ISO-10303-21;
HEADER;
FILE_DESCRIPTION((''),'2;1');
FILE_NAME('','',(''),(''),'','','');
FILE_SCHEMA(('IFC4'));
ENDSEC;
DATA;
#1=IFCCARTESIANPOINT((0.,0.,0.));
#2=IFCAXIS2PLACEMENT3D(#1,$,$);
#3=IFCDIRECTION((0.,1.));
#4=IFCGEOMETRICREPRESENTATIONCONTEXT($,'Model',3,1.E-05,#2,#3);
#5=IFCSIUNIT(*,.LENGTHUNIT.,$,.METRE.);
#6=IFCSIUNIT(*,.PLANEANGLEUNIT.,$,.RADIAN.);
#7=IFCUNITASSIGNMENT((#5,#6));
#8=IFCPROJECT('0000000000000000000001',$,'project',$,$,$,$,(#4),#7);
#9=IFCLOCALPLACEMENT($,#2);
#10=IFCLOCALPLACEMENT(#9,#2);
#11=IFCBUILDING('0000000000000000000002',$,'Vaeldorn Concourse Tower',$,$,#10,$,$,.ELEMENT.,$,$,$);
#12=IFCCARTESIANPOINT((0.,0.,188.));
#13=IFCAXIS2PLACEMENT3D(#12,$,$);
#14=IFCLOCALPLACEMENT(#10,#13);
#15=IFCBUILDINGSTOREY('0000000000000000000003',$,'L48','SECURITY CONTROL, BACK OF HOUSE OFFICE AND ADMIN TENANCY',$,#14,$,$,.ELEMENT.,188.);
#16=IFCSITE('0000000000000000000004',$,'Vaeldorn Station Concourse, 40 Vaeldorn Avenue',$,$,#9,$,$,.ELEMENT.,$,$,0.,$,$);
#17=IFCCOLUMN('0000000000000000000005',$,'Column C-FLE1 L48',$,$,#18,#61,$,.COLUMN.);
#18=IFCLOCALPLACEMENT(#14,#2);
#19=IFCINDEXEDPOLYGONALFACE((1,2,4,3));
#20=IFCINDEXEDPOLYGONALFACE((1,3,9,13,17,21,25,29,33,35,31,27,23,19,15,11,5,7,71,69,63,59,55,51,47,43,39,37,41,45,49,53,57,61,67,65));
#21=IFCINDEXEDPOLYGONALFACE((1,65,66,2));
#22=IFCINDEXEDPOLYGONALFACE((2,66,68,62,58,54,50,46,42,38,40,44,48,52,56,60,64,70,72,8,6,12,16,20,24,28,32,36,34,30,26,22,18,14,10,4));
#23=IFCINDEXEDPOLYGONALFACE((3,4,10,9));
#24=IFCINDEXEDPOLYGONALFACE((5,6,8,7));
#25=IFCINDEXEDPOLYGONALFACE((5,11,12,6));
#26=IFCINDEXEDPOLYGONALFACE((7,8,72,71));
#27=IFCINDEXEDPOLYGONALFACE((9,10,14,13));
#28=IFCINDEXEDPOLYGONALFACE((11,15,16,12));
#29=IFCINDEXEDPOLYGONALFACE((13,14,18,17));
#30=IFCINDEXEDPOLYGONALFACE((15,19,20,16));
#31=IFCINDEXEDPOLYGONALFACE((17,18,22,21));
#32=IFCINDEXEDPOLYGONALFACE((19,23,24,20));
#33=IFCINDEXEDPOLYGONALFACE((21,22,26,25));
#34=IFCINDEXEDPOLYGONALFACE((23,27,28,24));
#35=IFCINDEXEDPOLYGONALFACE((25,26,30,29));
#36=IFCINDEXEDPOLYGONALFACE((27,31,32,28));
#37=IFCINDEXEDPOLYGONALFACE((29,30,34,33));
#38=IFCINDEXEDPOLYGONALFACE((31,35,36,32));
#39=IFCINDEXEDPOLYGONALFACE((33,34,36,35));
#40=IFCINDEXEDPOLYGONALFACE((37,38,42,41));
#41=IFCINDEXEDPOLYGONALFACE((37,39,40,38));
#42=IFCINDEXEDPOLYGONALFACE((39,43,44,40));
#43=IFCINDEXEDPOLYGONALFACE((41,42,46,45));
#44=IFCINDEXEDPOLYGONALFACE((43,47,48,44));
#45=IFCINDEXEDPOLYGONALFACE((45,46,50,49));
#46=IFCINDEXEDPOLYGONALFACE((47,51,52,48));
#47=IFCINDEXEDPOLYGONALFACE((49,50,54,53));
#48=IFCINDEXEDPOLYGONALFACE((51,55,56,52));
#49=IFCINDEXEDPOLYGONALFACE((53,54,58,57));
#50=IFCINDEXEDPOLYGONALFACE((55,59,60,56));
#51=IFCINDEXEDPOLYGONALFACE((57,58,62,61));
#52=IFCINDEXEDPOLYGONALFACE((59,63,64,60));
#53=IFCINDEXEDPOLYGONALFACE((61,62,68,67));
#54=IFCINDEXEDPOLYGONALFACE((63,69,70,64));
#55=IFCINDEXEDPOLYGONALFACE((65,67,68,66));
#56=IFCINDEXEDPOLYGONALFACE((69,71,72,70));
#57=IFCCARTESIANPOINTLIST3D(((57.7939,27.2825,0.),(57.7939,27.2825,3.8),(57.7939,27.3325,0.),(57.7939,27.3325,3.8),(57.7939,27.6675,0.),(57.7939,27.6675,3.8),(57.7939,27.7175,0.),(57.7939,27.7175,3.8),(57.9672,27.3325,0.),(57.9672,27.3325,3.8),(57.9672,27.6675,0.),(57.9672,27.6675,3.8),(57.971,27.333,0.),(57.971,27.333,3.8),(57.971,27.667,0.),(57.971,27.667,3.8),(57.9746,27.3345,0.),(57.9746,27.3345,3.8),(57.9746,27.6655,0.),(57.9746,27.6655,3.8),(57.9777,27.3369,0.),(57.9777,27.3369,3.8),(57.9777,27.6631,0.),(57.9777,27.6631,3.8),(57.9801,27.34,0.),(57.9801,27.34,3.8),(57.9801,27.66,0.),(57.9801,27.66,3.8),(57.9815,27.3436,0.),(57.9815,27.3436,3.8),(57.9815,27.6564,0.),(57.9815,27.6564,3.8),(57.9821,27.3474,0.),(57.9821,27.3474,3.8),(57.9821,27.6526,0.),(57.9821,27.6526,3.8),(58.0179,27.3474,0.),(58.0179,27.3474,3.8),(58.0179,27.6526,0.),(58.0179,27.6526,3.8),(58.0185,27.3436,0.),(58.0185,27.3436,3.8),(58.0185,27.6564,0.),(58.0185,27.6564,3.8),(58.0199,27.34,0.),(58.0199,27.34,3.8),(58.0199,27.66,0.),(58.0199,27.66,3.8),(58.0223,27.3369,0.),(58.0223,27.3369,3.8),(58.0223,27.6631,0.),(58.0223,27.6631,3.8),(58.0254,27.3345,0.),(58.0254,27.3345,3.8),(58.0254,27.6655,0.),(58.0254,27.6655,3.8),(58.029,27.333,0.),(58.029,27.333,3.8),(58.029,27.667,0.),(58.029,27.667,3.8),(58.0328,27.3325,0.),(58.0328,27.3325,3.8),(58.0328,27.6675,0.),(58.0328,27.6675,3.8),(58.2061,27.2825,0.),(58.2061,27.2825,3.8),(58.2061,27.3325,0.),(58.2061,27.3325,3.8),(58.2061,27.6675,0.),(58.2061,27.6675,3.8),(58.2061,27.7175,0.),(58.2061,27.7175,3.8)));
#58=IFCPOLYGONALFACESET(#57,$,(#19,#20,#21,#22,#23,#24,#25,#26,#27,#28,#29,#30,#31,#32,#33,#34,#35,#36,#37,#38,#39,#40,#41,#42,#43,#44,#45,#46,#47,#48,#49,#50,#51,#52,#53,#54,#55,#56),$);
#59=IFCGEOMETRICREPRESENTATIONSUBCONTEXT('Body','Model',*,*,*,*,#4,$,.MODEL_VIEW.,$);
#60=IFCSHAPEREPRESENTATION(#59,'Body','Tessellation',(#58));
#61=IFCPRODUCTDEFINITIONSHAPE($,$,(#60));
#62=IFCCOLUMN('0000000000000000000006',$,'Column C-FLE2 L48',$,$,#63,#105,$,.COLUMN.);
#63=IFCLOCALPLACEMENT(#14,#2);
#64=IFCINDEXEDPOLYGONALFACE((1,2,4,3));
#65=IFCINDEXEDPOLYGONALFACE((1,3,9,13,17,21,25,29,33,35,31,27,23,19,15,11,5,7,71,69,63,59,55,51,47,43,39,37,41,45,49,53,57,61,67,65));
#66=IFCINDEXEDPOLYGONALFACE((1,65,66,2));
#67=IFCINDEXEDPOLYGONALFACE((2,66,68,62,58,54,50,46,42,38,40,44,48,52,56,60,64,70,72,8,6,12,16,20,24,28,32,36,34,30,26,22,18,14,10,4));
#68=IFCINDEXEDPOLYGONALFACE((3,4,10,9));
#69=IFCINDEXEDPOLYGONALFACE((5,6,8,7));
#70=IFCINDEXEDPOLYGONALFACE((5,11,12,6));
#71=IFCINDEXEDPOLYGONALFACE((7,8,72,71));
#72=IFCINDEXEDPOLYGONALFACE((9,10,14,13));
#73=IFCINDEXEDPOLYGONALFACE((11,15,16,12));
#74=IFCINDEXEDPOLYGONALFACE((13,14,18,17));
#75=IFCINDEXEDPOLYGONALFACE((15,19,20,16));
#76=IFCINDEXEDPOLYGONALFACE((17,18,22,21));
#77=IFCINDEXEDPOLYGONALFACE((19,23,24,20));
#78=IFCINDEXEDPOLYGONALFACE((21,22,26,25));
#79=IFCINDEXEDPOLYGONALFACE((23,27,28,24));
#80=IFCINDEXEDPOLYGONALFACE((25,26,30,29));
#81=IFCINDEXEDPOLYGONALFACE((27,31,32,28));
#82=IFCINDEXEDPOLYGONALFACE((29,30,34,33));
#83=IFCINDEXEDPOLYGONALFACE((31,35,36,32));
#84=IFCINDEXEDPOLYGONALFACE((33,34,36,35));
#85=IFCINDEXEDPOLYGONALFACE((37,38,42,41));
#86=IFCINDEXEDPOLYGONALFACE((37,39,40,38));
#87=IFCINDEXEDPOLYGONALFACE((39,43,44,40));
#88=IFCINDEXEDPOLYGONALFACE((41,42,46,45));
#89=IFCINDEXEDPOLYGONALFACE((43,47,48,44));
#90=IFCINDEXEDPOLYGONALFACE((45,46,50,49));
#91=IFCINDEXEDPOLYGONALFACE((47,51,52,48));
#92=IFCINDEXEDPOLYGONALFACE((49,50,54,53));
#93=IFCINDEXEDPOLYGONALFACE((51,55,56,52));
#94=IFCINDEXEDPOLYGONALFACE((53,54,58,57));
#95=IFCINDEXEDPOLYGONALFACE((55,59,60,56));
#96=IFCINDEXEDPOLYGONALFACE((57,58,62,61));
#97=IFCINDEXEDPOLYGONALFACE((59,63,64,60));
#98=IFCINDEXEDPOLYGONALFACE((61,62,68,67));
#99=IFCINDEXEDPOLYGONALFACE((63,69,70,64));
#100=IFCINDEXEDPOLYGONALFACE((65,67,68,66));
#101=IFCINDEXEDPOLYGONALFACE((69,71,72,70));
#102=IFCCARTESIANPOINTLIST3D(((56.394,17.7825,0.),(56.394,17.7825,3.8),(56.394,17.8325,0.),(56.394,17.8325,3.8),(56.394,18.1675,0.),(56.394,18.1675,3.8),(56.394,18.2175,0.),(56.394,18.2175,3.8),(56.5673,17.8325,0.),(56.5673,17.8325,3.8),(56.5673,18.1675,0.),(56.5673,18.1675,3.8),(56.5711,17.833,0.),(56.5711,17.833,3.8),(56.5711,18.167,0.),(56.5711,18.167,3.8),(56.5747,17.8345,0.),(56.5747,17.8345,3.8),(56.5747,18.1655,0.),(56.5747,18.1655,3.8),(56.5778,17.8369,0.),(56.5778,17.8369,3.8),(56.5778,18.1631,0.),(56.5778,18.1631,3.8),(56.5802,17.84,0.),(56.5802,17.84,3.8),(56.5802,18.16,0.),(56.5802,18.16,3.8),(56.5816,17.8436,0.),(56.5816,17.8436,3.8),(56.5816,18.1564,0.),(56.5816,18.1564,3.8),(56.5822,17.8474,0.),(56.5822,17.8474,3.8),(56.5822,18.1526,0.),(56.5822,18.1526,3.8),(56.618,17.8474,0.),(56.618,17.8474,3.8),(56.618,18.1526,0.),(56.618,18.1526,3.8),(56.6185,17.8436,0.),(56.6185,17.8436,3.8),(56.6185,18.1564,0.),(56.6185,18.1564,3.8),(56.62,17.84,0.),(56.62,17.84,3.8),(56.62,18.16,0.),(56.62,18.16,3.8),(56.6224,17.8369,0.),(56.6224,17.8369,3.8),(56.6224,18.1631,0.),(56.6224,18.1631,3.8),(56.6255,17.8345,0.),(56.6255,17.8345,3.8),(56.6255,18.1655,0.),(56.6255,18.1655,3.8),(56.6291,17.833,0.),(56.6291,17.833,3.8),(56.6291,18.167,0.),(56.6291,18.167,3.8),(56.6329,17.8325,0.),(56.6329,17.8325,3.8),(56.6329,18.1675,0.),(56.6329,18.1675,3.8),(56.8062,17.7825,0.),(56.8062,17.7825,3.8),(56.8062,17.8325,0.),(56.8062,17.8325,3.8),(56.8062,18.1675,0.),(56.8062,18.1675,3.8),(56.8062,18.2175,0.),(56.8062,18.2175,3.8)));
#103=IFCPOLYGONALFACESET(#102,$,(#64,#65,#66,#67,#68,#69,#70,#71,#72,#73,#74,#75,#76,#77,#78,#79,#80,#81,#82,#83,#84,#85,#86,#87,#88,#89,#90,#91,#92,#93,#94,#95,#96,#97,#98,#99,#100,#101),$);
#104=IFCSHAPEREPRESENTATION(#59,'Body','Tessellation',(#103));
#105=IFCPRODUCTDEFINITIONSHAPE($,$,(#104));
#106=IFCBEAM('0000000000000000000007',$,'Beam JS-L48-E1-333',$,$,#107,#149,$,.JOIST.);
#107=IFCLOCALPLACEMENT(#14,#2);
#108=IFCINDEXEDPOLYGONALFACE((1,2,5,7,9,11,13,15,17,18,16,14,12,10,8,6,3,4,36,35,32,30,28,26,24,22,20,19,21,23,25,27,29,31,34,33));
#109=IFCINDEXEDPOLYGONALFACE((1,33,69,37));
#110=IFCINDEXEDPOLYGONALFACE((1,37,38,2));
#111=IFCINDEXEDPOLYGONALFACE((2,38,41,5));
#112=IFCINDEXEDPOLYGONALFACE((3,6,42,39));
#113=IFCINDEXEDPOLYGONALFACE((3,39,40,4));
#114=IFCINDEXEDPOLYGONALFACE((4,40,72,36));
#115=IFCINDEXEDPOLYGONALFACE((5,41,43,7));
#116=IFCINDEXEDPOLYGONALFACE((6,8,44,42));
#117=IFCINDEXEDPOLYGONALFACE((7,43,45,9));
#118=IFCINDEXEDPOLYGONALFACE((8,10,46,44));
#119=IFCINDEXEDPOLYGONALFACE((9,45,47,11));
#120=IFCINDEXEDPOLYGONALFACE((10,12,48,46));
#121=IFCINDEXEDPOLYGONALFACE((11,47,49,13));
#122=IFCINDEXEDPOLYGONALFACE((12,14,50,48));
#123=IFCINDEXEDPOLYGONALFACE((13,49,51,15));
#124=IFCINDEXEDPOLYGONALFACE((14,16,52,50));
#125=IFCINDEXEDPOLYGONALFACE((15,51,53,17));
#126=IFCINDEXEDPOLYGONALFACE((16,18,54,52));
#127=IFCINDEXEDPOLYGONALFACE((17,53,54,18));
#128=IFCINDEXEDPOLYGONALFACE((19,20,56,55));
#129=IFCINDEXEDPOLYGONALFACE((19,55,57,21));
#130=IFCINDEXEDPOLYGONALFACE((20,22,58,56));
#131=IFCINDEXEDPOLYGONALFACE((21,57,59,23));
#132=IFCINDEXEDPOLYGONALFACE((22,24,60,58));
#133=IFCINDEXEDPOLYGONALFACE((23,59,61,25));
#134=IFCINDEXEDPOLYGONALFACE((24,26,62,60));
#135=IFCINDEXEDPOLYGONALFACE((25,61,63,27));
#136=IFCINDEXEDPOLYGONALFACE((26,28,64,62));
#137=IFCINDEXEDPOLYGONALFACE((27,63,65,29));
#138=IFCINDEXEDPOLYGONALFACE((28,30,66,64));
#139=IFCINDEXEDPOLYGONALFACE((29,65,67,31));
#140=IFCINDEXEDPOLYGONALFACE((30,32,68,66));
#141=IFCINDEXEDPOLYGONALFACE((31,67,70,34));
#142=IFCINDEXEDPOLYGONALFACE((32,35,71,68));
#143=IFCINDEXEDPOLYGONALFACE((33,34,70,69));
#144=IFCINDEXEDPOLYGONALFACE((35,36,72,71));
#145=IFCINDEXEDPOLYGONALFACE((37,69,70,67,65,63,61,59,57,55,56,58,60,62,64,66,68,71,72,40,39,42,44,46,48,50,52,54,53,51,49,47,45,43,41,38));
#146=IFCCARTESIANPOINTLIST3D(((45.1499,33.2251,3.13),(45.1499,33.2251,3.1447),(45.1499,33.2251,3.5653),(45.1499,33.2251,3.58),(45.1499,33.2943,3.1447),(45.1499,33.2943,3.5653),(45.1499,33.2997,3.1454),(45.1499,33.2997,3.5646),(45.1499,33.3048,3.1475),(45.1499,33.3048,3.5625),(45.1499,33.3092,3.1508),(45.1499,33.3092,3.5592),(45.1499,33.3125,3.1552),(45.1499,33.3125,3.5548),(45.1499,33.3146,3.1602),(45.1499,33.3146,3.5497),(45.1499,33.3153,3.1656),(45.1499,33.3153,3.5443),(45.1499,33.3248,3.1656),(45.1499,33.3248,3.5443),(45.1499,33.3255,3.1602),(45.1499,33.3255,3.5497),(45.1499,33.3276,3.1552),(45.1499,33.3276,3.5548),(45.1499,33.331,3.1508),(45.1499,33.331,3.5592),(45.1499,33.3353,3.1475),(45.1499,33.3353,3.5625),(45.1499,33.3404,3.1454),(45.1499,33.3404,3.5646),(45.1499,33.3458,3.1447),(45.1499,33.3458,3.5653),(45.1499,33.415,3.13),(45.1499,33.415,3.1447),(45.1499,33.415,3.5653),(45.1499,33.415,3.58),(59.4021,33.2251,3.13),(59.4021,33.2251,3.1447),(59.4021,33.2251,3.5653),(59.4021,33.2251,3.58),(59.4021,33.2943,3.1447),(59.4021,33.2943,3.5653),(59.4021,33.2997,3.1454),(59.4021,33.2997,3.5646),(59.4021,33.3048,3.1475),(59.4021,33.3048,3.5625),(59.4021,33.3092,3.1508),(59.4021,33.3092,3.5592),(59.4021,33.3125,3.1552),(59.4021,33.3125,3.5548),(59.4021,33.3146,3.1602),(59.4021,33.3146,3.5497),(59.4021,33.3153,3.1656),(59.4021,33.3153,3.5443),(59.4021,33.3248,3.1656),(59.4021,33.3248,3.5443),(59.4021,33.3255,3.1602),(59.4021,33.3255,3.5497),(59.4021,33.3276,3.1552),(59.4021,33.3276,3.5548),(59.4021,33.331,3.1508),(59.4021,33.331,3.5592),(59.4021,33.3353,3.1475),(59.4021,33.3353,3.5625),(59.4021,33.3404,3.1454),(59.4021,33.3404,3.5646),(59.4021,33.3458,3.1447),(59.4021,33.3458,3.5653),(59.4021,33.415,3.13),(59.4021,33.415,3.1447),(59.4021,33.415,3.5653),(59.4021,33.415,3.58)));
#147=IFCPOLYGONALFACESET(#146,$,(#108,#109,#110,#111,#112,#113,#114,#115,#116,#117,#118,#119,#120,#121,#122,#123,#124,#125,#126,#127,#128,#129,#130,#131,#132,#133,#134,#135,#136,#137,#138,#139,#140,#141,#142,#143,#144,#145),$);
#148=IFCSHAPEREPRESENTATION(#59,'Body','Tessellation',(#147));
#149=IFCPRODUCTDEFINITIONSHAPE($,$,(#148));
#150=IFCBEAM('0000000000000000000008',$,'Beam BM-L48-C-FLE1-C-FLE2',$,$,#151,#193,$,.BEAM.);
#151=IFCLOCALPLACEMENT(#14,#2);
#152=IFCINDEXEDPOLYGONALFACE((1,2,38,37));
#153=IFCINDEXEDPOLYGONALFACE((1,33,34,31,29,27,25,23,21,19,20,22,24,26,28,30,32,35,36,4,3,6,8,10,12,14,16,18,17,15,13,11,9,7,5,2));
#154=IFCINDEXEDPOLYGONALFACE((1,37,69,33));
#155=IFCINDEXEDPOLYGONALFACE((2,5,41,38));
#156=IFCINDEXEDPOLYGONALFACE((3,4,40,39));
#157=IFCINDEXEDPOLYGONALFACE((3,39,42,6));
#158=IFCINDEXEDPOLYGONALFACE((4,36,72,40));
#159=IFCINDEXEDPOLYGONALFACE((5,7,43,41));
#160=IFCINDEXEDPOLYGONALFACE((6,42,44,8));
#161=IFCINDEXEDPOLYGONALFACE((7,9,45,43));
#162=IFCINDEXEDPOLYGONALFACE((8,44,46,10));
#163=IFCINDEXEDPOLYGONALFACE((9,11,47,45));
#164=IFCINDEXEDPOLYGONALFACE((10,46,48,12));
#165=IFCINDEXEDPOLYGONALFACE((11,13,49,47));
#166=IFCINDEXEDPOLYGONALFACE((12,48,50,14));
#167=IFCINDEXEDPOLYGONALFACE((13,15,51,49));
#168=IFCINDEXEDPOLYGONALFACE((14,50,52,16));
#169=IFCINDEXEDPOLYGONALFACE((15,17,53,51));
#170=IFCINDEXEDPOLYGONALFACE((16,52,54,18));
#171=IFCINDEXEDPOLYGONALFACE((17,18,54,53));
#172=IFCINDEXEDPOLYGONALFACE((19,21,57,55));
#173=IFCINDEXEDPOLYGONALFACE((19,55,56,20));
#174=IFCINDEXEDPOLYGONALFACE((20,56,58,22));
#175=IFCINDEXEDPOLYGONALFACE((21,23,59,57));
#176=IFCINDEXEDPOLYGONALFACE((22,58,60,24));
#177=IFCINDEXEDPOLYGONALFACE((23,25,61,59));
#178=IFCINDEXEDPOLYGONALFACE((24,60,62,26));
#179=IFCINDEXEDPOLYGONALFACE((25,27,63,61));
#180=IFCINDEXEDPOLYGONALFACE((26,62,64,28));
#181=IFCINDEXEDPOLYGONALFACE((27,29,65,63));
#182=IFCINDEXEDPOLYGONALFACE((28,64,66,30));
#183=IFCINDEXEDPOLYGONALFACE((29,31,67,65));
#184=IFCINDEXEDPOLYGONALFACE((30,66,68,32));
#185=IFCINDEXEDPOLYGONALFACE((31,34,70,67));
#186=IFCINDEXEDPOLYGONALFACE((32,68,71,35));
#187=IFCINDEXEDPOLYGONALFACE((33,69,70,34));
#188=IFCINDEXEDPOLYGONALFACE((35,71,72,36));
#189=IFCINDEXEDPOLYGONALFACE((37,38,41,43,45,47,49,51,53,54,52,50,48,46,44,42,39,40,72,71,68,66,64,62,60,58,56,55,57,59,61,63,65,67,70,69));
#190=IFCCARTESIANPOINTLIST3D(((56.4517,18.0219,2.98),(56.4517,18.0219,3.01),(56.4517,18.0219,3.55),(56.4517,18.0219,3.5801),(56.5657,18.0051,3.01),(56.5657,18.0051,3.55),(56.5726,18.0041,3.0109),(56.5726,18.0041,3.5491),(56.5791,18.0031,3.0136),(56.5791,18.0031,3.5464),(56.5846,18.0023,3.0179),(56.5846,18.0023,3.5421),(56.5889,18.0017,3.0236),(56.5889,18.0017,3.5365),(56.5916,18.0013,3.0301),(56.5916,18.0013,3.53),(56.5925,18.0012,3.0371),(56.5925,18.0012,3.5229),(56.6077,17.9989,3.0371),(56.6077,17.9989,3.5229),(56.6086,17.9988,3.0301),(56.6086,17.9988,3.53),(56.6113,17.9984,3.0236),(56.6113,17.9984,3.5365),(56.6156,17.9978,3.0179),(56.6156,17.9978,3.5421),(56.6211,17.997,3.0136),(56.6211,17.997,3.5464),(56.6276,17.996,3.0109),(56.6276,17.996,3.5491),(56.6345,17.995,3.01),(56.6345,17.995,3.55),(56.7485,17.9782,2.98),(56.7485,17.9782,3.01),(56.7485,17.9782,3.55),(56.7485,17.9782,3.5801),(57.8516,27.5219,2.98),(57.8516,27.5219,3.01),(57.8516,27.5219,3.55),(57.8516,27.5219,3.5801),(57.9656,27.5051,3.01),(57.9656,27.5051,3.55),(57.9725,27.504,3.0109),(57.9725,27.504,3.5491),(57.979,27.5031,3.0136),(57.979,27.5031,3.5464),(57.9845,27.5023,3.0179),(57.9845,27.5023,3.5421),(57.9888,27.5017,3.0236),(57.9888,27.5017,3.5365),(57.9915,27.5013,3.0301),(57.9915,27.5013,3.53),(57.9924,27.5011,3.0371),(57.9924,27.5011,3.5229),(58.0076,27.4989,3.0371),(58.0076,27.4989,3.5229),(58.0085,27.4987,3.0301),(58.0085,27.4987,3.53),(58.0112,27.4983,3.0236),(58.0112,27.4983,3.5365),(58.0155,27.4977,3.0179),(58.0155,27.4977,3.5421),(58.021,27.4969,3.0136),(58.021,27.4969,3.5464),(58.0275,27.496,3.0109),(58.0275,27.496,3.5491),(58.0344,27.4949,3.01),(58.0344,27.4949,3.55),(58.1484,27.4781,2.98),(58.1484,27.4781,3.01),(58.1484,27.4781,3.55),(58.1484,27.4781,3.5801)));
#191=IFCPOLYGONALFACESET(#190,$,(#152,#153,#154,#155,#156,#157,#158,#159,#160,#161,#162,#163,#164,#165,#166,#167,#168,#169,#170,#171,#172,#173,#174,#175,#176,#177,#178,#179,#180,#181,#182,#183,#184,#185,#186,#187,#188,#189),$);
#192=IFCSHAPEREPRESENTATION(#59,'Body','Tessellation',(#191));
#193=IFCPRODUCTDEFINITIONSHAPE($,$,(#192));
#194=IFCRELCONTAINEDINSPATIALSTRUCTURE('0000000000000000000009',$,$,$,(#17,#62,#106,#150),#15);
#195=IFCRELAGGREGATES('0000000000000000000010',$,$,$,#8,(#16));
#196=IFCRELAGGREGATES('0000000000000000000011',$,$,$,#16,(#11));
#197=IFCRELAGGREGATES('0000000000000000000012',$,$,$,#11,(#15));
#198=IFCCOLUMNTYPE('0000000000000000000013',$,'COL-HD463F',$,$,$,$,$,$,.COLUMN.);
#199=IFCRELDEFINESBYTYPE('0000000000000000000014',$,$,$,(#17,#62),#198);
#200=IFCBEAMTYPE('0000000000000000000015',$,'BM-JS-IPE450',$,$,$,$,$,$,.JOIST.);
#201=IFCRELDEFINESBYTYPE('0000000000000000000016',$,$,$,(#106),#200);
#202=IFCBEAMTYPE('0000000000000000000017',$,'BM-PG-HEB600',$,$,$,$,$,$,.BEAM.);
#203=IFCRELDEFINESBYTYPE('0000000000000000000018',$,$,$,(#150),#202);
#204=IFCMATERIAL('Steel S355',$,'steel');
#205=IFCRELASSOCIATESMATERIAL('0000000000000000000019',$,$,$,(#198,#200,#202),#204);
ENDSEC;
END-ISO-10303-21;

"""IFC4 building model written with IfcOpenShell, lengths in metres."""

from ifc_helpers import new_model, si_unit, direction, frame, origin, origin_2d, place, context, subcontext, project, spatial, i_section, extrude, source, transform, mapped, material, material_profile, profile_set, type_object, element, save


model = new_model("IFC4")

# Units and contexts
model_context = context("Model", 3, precision=1e-05, world=origin(), true_north=direction((0.0, 1.0)))
body_context = subcontext(model_context, "Body", "Model", "MODEL_VIEW")
ifc_project = project(units=[si_unit("LENGTHUNIT", "METRE"), si_unit("PLANEANGLEUNIT", "RADIAN")], contexts=[model_context])

# Site, building, storey
site_placement = place(None, origin())
site = spatial("IfcSite", under=ifc_project, at=site_placement, Name="Vaeldorn Station Concourse, 40 Vaeldorn Avenue", CompositionType="ELEMENT", RefElevation=0.0)
building_placement = place(site_placement, origin())
building = spatial("IfcBuilding", under=site, at=building_placement, Name="Vaeldorn Concourse Tower", CompositionType="ELEMENT")
storey_placement = place(building_placement, frame((0.0, 0.0, 188.0)))
storey = spatial("IfcBuildingStorey", under=building, at=storey_placement, Name="L48", Description="SECURITY CONTROL, BACK OF HOUSE OFFICE AND ADMIN TENANCY", CompositionType="ELEMENT", Elevation=188.0)

# Columns
ifc_material_1 = material(Name="Steel S355", Category="steel")
ifc_material_profile_1 = material_profile(ifc_material_1, i_section(OverallWidth=0.4121, OverallDepth=0.4351, WebThickness=0.0359, FlangeThickness=0.05, FilletRadius=0.0149, at=origin_2d()), Name="HD 400x463")
ifc_profile_set_1 = profile_set([ifc_material_profile_1], Name="Steel S355")
column_type = type_object("IfcColumnType", Name="COL-HD463F", PredefinedType="COLUMN", material=ifc_profile_set_1)
shared_shape_1 = source(origin(), body_context, "Body", "SweptSolid", [
    extrude(i_section(OverallWidth=0.4121, OverallDepth=0.4351, WebThickness=0.0359, FlangeThickness=0.05, FilletRadius=0.0149, at=origin_2d()), origin(), (0.0, 0.0, 1.0), 3.8),
])
for number, where, z_axis, x_axis, name in (
    (1, (58.0, 27.5, 0.0), (0.0, 0.0, 1.0), (1.0, 0.0, 0.0), "Column C-FLE1 L48"),
    (2, (56.6001, 18.0, 0.0), (0.0, 0.0, 1.0), (1.0, 0.0, 0.0), "Column C-FLE2 L48"),
):
    element("IfcColumn", number, at=place(storey_placement, frame(where, z_axis=z_axis, x_axis=x_axis)), inside=storey, type_object=column_type, Name=name, PredefinedType="COLUMN", context=body_context, shape_type="MappedRepresentation", body=[
        mapped(shared_shape_1, transform((0.0, 0.0, 0.0), scale=1.0)),
    ])

# Beams
ifc_material_profile_2 = material_profile(ifc_material_1, i_section(OverallWidth=0.1899, OverallDepth=0.45, WebThickness=0.0095, FlangeThickness=0.0146, FilletRadius=0.021, at=origin_2d()), Name="IPE 450")
ifc_profile_set_2 = profile_set([ifc_material_profile_2], Name="Steel S355")
beam_type_1 = type_object("IfcBeamType", Name="BM-JS-IPE450", PredefinedType="JOIST", material=ifc_profile_set_2)
shared_shape_2 = source(origin(), body_context, "Body", "SweptSolid", [
    extrude(i_section(OverallWidth=0.1899, OverallDepth=0.45, WebThickness=0.0095, FlangeThickness=0.0146, FilletRadius=0.021, at=origin_2d()), origin(), (0.0, 0.0, 1.0), 14.2522),
])
beam_1_placement = place(storey_placement, frame((45.1499, 33.3201, 3.355), z_axis=(1.0, 0.0, 0.0), x_axis=(0.0, 1.0, 0.0)))
element("IfcBeam", 3, at=beam_1_placement, inside=storey, type_object=beam_type_1, Name="Beam JS-L48-E1-333", PredefinedType="JOIST", context=body_context, shape_type="MappedRepresentation", body=[
    mapped(shared_shape_2, transform((0.0, 0.0, 0.0), scale=1.0)),
])
ifc_material_profile_3 = material_profile(ifc_material_1, i_section(OverallWidth=0.3, OverallDepth=0.6001, WebThickness=0.0154, FlangeThickness=0.03, FilletRadius=0.0271, at=origin_2d()), Name="HEB 600")
ifc_profile_set_3 = profile_set([ifc_material_profile_3], Name="Steel S355")
beam_type_2 = type_object("IfcBeamType", Name="BM-PG-HEB600", PredefinedType="BEAM", material=ifc_profile_set_3)
shared_shape_3 = source(origin(), body_context, "Body", "SweptSolid", [
    extrude(i_section(OverallWidth=0.3, OverallDepth=0.6001, WebThickness=0.0154, FlangeThickness=0.03, FilletRadius=0.0271, at=origin_2d()), origin(), (0.0, 0.0, 1.0), 9.6025),
])
beam_2_placement = place(storey_placement, frame((58.0, 27.5, 3.28), z_axis=(-0.145784, -0.989316, 0.0), x_axis=(0.989316, -0.145784, 0.0)))
element("IfcBeam", 4, at=beam_2_placement, inside=storey, type_object=beam_type_2, Name="Beam BM-L48-C-FLE1-C-FLE2", PredefinedType="BEAM", context=body_context, shape_type="MappedRepresentation", body=[
    mapped(shared_shape_3, transform((0.0, 0.0, 0.0), scale=1.0)),
])

save(model, "model.ifc")
